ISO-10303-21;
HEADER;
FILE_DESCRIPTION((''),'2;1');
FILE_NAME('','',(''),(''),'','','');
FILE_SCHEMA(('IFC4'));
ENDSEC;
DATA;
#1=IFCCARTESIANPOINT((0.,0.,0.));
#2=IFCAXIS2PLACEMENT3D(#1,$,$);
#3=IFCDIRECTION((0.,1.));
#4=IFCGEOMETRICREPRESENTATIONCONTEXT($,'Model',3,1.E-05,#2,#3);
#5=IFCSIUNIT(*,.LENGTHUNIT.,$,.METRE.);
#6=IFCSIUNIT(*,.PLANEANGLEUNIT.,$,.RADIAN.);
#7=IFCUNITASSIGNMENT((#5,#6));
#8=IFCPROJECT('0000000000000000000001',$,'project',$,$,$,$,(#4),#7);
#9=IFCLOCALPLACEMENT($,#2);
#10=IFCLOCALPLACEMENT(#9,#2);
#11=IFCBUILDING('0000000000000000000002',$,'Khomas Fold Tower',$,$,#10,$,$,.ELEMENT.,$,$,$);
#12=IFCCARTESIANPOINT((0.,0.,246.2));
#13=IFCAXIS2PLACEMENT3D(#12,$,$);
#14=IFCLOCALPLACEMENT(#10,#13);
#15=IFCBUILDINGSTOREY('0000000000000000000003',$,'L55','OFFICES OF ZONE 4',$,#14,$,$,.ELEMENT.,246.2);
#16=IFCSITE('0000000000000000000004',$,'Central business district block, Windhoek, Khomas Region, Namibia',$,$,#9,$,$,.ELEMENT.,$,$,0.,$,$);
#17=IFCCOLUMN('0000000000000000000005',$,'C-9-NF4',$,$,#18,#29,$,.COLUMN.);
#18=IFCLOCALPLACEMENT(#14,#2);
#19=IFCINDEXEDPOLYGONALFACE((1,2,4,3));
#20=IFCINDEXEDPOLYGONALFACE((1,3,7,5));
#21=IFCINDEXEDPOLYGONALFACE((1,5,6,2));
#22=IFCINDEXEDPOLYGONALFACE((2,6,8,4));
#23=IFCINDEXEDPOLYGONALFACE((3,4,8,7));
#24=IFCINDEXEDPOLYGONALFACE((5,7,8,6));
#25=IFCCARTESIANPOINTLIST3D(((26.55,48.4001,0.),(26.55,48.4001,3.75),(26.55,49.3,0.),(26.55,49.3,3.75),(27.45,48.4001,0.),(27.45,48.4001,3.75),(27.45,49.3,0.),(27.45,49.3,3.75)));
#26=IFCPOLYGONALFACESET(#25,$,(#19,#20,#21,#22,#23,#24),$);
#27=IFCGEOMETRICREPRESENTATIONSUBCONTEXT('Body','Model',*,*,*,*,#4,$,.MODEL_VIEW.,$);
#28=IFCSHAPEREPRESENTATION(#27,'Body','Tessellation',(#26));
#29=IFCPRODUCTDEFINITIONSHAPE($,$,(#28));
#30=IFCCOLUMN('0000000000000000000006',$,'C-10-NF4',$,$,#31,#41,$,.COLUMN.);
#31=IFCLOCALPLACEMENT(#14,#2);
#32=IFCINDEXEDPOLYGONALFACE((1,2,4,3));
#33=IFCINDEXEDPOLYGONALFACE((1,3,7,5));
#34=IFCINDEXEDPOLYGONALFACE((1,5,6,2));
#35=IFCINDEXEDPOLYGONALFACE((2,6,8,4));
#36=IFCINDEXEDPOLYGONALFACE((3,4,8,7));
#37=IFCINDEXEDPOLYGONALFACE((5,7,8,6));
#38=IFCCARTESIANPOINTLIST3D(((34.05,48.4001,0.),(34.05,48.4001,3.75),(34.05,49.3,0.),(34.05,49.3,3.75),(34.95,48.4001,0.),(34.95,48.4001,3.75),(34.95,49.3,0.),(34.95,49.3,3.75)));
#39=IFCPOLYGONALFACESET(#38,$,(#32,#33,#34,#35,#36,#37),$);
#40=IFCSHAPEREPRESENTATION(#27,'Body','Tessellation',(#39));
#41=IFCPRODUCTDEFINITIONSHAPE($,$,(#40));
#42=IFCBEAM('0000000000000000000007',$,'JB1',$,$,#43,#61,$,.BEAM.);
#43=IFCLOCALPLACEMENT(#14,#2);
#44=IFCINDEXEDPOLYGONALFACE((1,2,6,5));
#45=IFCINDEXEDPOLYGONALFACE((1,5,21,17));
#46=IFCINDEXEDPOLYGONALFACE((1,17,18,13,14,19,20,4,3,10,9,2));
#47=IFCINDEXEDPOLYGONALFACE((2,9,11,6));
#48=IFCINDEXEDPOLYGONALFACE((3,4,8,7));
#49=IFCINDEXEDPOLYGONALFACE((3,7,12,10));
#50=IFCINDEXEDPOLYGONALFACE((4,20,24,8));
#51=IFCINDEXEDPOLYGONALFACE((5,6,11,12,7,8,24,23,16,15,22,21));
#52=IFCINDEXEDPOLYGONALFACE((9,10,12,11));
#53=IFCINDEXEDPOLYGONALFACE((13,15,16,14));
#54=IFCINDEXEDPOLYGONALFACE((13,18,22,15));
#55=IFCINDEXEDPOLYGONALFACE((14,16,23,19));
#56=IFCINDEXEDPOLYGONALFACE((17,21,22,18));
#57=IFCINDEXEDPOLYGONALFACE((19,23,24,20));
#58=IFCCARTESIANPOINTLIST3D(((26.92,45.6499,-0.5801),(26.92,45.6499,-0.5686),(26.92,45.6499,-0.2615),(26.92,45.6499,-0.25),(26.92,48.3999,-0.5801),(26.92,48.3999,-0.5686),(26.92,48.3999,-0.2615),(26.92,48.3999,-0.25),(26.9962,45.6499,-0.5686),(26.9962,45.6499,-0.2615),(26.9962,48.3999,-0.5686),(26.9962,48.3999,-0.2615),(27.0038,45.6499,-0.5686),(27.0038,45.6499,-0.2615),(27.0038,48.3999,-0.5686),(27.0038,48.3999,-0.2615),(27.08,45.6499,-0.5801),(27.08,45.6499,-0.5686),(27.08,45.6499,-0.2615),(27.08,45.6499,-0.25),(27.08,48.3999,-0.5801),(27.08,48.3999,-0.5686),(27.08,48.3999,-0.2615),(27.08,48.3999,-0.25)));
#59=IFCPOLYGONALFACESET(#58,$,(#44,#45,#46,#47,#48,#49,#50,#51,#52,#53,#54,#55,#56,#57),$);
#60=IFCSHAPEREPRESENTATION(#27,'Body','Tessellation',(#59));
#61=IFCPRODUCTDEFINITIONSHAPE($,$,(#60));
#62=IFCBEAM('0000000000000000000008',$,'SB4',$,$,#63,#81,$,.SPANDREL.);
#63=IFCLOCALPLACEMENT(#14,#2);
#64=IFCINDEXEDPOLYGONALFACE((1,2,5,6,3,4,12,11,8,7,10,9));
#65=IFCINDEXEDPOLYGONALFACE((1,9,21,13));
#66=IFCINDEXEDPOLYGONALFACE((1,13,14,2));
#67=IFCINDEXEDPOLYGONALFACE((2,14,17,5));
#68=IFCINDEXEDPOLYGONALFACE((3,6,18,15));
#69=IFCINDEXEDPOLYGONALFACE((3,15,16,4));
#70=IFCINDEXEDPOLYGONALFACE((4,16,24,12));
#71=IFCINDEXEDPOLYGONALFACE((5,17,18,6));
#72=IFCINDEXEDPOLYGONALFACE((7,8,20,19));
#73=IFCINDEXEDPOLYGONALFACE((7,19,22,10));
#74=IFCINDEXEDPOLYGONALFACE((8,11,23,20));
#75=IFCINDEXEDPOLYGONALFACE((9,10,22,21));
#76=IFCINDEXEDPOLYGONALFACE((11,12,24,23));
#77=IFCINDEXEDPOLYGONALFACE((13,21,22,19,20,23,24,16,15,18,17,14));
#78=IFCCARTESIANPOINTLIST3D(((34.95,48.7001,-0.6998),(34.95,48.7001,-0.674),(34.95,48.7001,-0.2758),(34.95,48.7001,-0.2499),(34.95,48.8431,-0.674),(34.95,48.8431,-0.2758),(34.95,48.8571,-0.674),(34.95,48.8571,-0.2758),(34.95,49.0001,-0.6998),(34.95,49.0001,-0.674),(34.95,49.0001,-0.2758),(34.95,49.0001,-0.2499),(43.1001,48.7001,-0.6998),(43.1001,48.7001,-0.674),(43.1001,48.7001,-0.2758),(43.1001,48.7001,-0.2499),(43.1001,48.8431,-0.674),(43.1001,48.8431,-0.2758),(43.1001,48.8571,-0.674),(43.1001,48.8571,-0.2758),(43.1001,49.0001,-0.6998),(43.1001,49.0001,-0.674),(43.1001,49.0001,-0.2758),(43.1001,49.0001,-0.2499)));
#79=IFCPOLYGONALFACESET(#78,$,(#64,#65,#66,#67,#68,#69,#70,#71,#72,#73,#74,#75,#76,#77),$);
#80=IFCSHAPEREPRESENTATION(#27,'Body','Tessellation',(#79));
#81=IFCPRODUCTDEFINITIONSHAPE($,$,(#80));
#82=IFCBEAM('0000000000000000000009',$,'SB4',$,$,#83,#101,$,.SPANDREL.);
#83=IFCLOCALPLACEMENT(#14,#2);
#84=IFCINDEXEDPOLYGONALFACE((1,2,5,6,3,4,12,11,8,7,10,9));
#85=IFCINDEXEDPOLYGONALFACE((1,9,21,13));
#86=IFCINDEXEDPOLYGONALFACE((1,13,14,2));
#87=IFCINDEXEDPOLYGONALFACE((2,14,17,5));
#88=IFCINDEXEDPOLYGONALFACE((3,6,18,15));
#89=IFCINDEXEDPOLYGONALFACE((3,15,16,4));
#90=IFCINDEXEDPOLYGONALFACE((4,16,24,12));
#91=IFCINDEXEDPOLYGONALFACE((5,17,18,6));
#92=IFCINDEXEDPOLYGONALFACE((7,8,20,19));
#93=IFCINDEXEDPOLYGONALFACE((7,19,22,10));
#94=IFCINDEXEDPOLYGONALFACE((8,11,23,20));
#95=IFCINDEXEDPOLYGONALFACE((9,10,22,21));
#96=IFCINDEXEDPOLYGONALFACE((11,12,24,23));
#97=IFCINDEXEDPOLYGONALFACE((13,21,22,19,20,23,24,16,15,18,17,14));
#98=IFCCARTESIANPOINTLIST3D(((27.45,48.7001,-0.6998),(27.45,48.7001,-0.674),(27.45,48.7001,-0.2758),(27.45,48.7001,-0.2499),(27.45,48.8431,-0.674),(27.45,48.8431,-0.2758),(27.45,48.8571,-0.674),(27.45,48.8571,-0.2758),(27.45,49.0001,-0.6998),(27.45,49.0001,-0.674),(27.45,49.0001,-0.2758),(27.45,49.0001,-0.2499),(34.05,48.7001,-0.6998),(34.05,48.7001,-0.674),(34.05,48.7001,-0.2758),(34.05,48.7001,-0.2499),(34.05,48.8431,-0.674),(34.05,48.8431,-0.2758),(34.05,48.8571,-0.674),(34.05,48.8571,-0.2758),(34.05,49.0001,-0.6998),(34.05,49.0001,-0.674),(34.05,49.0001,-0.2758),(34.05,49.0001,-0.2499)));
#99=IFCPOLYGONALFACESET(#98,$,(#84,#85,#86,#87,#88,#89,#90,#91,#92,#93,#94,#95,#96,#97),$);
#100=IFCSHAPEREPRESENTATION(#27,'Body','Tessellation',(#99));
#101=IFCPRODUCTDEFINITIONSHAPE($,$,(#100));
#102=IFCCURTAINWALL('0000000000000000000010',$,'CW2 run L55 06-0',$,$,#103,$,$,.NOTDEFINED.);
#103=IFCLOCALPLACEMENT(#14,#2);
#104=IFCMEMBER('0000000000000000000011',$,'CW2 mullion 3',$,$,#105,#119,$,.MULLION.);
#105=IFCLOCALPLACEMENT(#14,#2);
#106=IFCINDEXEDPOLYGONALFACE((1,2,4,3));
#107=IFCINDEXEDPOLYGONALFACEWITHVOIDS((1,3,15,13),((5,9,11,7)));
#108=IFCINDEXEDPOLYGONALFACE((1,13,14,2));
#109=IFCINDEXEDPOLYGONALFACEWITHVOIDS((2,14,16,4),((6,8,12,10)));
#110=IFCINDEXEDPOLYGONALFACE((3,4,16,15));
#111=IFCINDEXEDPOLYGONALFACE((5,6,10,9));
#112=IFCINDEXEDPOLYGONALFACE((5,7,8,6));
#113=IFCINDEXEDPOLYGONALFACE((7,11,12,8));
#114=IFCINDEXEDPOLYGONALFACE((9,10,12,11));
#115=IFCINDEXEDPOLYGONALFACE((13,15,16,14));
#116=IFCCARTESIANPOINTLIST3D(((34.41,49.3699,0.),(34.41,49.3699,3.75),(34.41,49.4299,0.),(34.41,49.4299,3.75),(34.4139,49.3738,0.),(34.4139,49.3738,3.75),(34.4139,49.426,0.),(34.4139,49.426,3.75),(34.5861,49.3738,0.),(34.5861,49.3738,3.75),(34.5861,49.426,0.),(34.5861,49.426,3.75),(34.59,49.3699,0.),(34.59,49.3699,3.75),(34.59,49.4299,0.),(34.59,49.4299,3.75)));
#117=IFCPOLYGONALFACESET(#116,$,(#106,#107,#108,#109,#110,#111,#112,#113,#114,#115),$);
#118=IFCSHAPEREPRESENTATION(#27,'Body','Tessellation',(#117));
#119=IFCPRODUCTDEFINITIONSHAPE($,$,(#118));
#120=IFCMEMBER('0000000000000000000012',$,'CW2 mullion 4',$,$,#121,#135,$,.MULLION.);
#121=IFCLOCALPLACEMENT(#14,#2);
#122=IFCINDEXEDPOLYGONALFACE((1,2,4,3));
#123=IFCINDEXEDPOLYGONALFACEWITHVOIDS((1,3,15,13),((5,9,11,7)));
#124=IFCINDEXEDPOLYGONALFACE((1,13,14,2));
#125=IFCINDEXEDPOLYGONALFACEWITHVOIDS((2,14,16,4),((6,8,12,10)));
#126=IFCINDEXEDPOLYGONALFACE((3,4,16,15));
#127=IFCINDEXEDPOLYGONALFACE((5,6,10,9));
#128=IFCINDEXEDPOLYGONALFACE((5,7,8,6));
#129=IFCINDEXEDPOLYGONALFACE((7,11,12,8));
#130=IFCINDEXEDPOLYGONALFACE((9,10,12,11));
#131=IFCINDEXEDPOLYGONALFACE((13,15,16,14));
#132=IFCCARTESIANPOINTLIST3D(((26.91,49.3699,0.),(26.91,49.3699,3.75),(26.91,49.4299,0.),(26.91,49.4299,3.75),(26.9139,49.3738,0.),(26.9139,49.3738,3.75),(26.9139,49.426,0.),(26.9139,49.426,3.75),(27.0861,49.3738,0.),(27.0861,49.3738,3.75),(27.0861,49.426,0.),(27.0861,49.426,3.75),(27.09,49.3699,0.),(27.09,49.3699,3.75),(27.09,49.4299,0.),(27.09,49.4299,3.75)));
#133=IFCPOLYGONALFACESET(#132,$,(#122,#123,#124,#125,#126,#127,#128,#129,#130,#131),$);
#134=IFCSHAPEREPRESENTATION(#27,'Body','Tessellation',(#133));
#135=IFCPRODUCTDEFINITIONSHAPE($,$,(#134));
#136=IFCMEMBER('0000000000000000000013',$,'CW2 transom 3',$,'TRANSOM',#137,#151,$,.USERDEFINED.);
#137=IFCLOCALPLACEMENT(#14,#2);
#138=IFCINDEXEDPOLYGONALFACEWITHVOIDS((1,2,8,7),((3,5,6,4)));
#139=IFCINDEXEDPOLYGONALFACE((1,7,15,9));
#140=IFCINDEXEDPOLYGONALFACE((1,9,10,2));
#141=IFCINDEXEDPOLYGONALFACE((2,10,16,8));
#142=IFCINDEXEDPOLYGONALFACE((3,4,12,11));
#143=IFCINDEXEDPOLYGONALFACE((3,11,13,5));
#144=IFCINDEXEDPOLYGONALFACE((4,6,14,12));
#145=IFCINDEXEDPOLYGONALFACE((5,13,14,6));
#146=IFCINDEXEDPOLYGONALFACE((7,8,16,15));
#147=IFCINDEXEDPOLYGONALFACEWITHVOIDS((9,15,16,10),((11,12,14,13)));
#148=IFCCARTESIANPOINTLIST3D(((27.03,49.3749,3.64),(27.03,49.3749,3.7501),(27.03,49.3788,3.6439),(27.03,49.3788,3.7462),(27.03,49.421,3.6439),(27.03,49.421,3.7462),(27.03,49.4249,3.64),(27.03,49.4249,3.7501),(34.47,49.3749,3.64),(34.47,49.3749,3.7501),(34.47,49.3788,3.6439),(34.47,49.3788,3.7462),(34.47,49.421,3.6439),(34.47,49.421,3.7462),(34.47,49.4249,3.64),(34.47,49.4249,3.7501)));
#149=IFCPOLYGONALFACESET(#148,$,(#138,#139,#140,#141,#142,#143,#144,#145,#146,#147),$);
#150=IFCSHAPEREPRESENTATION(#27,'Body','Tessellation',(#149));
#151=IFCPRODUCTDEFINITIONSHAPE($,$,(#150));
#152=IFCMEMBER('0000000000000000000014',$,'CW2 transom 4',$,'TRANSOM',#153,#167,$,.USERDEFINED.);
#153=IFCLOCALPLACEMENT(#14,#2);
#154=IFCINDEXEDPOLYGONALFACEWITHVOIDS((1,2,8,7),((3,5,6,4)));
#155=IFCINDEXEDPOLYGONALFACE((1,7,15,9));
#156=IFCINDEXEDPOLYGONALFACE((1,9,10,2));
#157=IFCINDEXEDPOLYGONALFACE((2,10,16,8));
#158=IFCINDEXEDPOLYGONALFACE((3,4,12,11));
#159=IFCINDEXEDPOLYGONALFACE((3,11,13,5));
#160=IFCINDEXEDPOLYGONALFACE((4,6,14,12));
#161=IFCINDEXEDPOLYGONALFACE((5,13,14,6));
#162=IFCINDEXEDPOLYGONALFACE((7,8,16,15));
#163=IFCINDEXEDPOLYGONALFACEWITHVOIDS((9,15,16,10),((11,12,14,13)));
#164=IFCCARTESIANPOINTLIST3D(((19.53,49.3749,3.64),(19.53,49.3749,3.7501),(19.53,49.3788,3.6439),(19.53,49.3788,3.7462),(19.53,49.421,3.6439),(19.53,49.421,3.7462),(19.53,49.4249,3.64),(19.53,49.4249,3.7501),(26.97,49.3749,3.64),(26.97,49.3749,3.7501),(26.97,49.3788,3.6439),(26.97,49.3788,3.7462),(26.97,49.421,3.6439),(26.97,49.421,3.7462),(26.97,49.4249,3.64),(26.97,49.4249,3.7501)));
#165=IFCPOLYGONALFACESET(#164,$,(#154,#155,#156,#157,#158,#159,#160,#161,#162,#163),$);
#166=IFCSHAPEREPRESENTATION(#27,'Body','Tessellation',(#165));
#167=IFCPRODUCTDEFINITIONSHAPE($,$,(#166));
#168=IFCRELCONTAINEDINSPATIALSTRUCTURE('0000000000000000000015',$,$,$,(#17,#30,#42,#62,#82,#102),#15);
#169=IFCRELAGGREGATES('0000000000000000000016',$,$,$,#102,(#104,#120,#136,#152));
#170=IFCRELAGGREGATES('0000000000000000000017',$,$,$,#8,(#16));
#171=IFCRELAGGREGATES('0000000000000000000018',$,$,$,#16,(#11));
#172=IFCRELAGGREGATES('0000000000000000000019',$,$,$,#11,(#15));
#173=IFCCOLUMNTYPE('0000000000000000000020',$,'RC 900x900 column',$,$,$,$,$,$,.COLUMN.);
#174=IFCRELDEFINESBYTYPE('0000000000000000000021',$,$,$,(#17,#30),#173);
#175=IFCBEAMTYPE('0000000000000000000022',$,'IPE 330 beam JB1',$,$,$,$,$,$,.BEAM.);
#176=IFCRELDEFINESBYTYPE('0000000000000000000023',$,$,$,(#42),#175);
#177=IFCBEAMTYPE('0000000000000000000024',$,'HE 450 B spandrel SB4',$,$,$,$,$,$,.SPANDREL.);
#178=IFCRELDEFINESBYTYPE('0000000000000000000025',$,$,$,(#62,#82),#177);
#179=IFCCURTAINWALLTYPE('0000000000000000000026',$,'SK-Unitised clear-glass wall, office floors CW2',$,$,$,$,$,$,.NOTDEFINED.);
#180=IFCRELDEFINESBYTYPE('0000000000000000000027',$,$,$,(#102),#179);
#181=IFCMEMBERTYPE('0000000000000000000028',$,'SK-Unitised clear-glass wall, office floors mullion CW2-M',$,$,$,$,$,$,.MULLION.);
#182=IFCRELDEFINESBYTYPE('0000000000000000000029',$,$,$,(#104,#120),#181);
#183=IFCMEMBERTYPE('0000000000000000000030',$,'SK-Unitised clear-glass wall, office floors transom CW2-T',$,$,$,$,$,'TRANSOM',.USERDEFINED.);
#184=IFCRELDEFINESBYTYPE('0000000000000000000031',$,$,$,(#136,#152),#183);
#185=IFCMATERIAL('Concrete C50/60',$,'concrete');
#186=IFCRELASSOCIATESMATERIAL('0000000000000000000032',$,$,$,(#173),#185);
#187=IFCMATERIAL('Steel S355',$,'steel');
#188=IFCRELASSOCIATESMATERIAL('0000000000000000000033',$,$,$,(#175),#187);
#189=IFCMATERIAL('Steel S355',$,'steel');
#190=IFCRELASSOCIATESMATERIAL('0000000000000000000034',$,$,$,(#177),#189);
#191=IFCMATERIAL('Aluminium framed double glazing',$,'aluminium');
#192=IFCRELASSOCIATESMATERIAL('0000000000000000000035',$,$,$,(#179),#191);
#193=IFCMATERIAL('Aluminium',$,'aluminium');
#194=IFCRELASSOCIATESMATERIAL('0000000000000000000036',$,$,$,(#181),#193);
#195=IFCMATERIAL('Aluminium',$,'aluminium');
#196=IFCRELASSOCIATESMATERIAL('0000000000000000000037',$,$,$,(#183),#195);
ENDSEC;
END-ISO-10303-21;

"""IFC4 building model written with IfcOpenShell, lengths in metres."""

from ifc_helpers import new_model, si_unit, direction, frame, origin, origin_2d, place, context, subcontext, project, spatial, rectangle, hollow_rectangle, i_section, extrude, source, transform, mapped, material, material_profile, profile_set, type_object, element, aggregate, save


model = new_model("IFC4")

# Units and contexts
model_context = context("Model", 3, precision=1e-05, world=origin(), true_north=direction((0.0, 1.0)))
body_context = subcontext(model_context, "Body", "Model", "MODEL_VIEW")
ifc_project = project(units=[si_unit("LENGTHUNIT", "METRE"), si_unit("PLANEANGLEUNIT", "RADIAN")], contexts=[model_context])

# Site, building, storey
site_placement = place(None, origin())
site = spatial("IfcSite", under=ifc_project, at=site_placement, Name="Central business district block, Windhoek, Khomas Region, Namibia", CompositionType="ELEMENT", RefElevation=0.0)
building_placement = place(site_placement, origin())
building = spatial("IfcBuilding", under=site, at=building_placement, Name="Khomas Fold Tower", CompositionType="ELEMENT")
storey_placement = place(building_placement, frame((0.0, 0.0, 246.2)))
storey = spatial("IfcBuildingStorey", under=building, at=storey_placement, Name="L55", Description="OFFICES OF ZONE 4", CompositionType="ELEMENT", Elevation=246.2)

# Columns
ifc_material_1 = material(Name="Concrete C50/60", Category="concrete")
ifc_material_profile_1 = material_profile(ifc_material_1, rectangle(XDim=0.8999, YDim=0.8999, at=origin_2d()), Name="RC 900x900")
ifc_profile_set_1 = profile_set([ifc_material_profile_1], Name="Concrete C50/60")
column_type = type_object("IfcColumnType", Name="RC 900x900 column", PredefinedType="COLUMN", material=ifc_profile_set_1)
shared_shape_1 = source(origin(), body_context, "Body", "SweptSolid", [
    extrude(rectangle(XDim=0.8999, YDim=0.8999, at=origin_2d()), origin(), (0.0, 0.0, 1.0), 3.75),
])
for number, where, z_axis, x_axis, name in (
    (1, (27.0, 48.8501, 0.0), (0.0, 0.0, 1.0), (1.0, 0.0, 0.0), "C-9-NF4"),
    (2, (34.5, 48.8501, 0.0), (0.0, 0.0, 1.0), (1.0, 0.0, 0.0), "C-10-NF4"),
):
    element("IfcColumn", number, at=place(storey_placement, frame(where, z_axis=z_axis, x_axis=x_axis)), inside=storey, type_object=column_type, Name=name, PredefinedType="COLUMN", context=body_context, shape_type="MappedRepresentation", body=[
        mapped(shared_shape_1, transform((0.0, 0.0, 0.0))),
    ])

# Beams
ifc_material_2 = material(Name="Steel S355", Category="steel")
ifc_material_profile_2 = material_profile(ifc_material_2, i_section(OverallWidth=0.1599, OverallDepth=0.3301, WebThickness=0.0076, FlangeThickness=0.0115, at=origin_2d()), Name="IPE 330")
ifc_profile_set_2 = profile_set([ifc_material_profile_2], Name="Steel S355")
beam_type_1 = type_object("IfcBeamType", Name="IPE 330 beam JB1", PredefinedType="BEAM", material=ifc_profile_set_2)
shared_shape_2 = source(origin(), body_context, "Body", "SweptSolid", [
    extrude(i_section(OverallWidth=0.1599, OverallDepth=0.3301, WebThickness=0.0076, FlangeThickness=0.0115, at=origin_2d()), origin(), (0.0, 0.0, 1.0), 2.75),
])
beam_1_placement = place(storey_placement, frame((27.0, 45.6499, -0.415), z_axis=(0.0, 1.0, 0.0), x_axis=(-1.0, 0.0, 0.0)))
element("IfcBeam", 3, at=beam_1_placement, inside=storey, type_object=beam_type_1, Name="JB1", PredefinedType="BEAM", context=body_context, shape_type="MappedRepresentation", body=[
    mapped(shared_shape_2, transform((0.0, 0.0, 0.0))),
])
ifc_material_3 = material(Name="Steel S355", Category="steel")
ifc_material_profile_3 = material_profile(ifc_material_3, i_section(OverallWidth=0.3, OverallDepth=0.45, WebThickness=0.0139, FlangeThickness=0.0259, at=origin_2d()), Name="HE 450 B")
ifc_profile_set_3 = profile_set([ifc_material_profile_3], Name="Steel S355")
beam_type_2 = type_object("IfcBeamType", Name="HE 450 B spandrel SB4", PredefinedType="SPANDREL", material=ifc_profile_set_3)
shared_shape_3 = source(origin(), body_context, "Body", "SweptSolid", [
    extrude(i_section(OverallWidth=0.3, OverallDepth=0.45, WebThickness=0.0139, FlangeThickness=0.0259, at=origin_2d()), origin(), (0.0, 0.0, 1.0), 8.1501),
])
beam_2_placement = place(storey_placement, frame((34.95, 48.8501, -0.4749), z_axis=(1.0, 0.0, 0.0), x_axis=(0.0, 1.0, 0.0)))
element("IfcBeam", 4, at=beam_2_placement, inside=storey, type_object=beam_type_2, Name="SB4", PredefinedType="SPANDREL", context=body_context, shape_type="MappedRepresentation", body=[
    mapped(shared_shape_3, transform((0.0, 0.0, 0.0))),
])
shared_shape_4 = source(origin(), body_context, "Body", "SweptSolid", [
    extrude(i_section(OverallWidth=0.3, OverallDepth=0.45, WebThickness=0.0139, FlangeThickness=0.0259, at=origin_2d()), origin(), (0.0, 0.0, 1.0), 6.6001),
])
beam_3_placement = place(storey_placement, frame((27.45, 48.8501, -0.4749), z_axis=(1.0, 0.0, 0.0), x_axis=(0.0, 1.0, 0.0)))
element("IfcBeam", 5, at=beam_3_placement, inside=storey, type_object=beam_type_2, Name="SB4", PredefinedType="SPANDREL", context=body_context, shape_type="MappedRepresentation", body=[
    mapped(shared_shape_4, transform((0.0, 0.0, 0.0))),
])

# Curtain wall, members
ifc_material_4 = material(Name="Aluminium framed double glazing", Category="aluminium")
curtain_wall_type = type_object("IfcCurtainWallType", Name="SK-Unitised clear-glass wall, office floors CW2", PredefinedType="NOTDEFINED", material=ifc_material_4)
curtain_wall_placement = place(storey_placement, origin())
curtain_wall = element("IfcCurtainWall", 6, at=curtain_wall_placement, inside=storey, type_object=curtain_wall_type, Name="CW2 run L55 06-0", PredefinedType="NOTDEFINED")
ifc_material_5 = material(Name="Aluminium", Category="aluminium")
ifc_material_profile_4 = material_profile(ifc_material_5, hollow_rectangle(XDim=0.0601, YDim=0.1799, WallThickness=0.0039, at=origin_2d()), Name="SK-Unitised clear-glass wall, office floors mullion CW2-M")
ifc_profile_set_4 = profile_set([ifc_material_profile_4], Name="Aluminium")
member_type_1 = type_object("IfcMemberType", Name="SK-Unitised clear-glass wall, office floors mullion CW2-M", PredefinedType="MULLION", material=ifc_profile_set_4)
shared_shape_5 = source(origin(), body_context, "Body", "SweptSolid", [
    extrude(hollow_rectangle(XDim=0.0601, YDim=0.1799, WallThickness=0.0039, at=origin_2d()), origin(), (0.0, 0.0, 1.0), 3.75),
])
member_1_placement = place(storey_placement, frame((34.5, 49.3999, 0.0), z_axis=(0.0, 0.0, 1.0), x_axis=(0.0, -1.0, 0.0)))
member_1 = element("IfcMember", 7, at=member_1_placement, type_object=member_type_1, Name="CW2 mullion 3", PredefinedType="MULLION", context=body_context, shape_type="MappedRepresentation", body=[
    mapped(shared_shape_5, transform((0.0, 0.0, 0.0))),
])
member_2_placement = place(storey_placement, frame((27.0, 49.3999, 0.0), z_axis=(0.0, 0.0, 1.0), x_axis=(0.0, -1.0, 0.0)))
member_2 = element("IfcMember", 8, at=member_2_placement, type_object=member_type_1, Name="CW2 mullion 4", PredefinedType="MULLION", context=body_context, shape_type="MappedRepresentation", body=[
    mapped(shared_shape_5, transform((0.0, 0.0, 0.0))),
])
ifc_material_6 = material(Name="Aluminium", Category="aluminium")
ifc_material_profile_5 = material_profile(ifc_material_6, hollow_rectangle(XDim=0.05, YDim=0.1101, WallThickness=0.0039, at=origin_2d()), Name="SK-Unitised clear-glass wall, office floors transom CW2-T")
ifc_profile_set_5 = profile_set([ifc_material_profile_5], Name="Aluminium")
member_type_2 = type_object("IfcMemberType", Name="SK-Unitised clear-glass wall, office floors transom CW2-T", ElementType="TRANSOM", PredefinedType="USERDEFINED", material=ifc_profile_set_5)
shared_shape_6 = source(origin(), body_context, "Body", "SweptSolid", [
    extrude(hollow_rectangle(XDim=0.05, YDim=0.1101, WallThickness=0.0039, at=origin_2d()), origin(), (0.0, 0.0, 1.0), 7.4399),
])
member_3_placement = place(storey_placement, frame((34.47, 49.3999, 3.6951), z_axis=(-1.0, 0.0, 0.0), x_axis=(0.0, -1.0, 0.0)))
member_3 = element("IfcMember", 9, at=member_3_placement, type_object=member_type_2, Name="CW2 transom 3", ObjectType="TRANSOM", PredefinedType="USERDEFINED", context=body_context, shape_type="MappedRepresentation", body=[
    mapped(shared_shape_6, transform((0.0, 0.0, 0.0))),
])
member_4_placement = place(storey_placement, frame((26.97, 49.3999, 3.6951), z_axis=(-1.0, 0.0, 0.0), x_axis=(0.0, -1.0, 0.0)))
member_4 = element("IfcMember", 10, at=member_4_placement, type_object=member_type_2, Name="CW2 transom 4", ObjectType="TRANSOM", PredefinedType="USERDEFINED", context=body_context, shape_type="MappedRepresentation", body=[
    mapped(shared_shape_6, transform((0.0, 0.0, 0.0))),
])

aggregate(curtain_wall, [member_1, member_2, member_3, member_4])

save(model, "model.ifc")
